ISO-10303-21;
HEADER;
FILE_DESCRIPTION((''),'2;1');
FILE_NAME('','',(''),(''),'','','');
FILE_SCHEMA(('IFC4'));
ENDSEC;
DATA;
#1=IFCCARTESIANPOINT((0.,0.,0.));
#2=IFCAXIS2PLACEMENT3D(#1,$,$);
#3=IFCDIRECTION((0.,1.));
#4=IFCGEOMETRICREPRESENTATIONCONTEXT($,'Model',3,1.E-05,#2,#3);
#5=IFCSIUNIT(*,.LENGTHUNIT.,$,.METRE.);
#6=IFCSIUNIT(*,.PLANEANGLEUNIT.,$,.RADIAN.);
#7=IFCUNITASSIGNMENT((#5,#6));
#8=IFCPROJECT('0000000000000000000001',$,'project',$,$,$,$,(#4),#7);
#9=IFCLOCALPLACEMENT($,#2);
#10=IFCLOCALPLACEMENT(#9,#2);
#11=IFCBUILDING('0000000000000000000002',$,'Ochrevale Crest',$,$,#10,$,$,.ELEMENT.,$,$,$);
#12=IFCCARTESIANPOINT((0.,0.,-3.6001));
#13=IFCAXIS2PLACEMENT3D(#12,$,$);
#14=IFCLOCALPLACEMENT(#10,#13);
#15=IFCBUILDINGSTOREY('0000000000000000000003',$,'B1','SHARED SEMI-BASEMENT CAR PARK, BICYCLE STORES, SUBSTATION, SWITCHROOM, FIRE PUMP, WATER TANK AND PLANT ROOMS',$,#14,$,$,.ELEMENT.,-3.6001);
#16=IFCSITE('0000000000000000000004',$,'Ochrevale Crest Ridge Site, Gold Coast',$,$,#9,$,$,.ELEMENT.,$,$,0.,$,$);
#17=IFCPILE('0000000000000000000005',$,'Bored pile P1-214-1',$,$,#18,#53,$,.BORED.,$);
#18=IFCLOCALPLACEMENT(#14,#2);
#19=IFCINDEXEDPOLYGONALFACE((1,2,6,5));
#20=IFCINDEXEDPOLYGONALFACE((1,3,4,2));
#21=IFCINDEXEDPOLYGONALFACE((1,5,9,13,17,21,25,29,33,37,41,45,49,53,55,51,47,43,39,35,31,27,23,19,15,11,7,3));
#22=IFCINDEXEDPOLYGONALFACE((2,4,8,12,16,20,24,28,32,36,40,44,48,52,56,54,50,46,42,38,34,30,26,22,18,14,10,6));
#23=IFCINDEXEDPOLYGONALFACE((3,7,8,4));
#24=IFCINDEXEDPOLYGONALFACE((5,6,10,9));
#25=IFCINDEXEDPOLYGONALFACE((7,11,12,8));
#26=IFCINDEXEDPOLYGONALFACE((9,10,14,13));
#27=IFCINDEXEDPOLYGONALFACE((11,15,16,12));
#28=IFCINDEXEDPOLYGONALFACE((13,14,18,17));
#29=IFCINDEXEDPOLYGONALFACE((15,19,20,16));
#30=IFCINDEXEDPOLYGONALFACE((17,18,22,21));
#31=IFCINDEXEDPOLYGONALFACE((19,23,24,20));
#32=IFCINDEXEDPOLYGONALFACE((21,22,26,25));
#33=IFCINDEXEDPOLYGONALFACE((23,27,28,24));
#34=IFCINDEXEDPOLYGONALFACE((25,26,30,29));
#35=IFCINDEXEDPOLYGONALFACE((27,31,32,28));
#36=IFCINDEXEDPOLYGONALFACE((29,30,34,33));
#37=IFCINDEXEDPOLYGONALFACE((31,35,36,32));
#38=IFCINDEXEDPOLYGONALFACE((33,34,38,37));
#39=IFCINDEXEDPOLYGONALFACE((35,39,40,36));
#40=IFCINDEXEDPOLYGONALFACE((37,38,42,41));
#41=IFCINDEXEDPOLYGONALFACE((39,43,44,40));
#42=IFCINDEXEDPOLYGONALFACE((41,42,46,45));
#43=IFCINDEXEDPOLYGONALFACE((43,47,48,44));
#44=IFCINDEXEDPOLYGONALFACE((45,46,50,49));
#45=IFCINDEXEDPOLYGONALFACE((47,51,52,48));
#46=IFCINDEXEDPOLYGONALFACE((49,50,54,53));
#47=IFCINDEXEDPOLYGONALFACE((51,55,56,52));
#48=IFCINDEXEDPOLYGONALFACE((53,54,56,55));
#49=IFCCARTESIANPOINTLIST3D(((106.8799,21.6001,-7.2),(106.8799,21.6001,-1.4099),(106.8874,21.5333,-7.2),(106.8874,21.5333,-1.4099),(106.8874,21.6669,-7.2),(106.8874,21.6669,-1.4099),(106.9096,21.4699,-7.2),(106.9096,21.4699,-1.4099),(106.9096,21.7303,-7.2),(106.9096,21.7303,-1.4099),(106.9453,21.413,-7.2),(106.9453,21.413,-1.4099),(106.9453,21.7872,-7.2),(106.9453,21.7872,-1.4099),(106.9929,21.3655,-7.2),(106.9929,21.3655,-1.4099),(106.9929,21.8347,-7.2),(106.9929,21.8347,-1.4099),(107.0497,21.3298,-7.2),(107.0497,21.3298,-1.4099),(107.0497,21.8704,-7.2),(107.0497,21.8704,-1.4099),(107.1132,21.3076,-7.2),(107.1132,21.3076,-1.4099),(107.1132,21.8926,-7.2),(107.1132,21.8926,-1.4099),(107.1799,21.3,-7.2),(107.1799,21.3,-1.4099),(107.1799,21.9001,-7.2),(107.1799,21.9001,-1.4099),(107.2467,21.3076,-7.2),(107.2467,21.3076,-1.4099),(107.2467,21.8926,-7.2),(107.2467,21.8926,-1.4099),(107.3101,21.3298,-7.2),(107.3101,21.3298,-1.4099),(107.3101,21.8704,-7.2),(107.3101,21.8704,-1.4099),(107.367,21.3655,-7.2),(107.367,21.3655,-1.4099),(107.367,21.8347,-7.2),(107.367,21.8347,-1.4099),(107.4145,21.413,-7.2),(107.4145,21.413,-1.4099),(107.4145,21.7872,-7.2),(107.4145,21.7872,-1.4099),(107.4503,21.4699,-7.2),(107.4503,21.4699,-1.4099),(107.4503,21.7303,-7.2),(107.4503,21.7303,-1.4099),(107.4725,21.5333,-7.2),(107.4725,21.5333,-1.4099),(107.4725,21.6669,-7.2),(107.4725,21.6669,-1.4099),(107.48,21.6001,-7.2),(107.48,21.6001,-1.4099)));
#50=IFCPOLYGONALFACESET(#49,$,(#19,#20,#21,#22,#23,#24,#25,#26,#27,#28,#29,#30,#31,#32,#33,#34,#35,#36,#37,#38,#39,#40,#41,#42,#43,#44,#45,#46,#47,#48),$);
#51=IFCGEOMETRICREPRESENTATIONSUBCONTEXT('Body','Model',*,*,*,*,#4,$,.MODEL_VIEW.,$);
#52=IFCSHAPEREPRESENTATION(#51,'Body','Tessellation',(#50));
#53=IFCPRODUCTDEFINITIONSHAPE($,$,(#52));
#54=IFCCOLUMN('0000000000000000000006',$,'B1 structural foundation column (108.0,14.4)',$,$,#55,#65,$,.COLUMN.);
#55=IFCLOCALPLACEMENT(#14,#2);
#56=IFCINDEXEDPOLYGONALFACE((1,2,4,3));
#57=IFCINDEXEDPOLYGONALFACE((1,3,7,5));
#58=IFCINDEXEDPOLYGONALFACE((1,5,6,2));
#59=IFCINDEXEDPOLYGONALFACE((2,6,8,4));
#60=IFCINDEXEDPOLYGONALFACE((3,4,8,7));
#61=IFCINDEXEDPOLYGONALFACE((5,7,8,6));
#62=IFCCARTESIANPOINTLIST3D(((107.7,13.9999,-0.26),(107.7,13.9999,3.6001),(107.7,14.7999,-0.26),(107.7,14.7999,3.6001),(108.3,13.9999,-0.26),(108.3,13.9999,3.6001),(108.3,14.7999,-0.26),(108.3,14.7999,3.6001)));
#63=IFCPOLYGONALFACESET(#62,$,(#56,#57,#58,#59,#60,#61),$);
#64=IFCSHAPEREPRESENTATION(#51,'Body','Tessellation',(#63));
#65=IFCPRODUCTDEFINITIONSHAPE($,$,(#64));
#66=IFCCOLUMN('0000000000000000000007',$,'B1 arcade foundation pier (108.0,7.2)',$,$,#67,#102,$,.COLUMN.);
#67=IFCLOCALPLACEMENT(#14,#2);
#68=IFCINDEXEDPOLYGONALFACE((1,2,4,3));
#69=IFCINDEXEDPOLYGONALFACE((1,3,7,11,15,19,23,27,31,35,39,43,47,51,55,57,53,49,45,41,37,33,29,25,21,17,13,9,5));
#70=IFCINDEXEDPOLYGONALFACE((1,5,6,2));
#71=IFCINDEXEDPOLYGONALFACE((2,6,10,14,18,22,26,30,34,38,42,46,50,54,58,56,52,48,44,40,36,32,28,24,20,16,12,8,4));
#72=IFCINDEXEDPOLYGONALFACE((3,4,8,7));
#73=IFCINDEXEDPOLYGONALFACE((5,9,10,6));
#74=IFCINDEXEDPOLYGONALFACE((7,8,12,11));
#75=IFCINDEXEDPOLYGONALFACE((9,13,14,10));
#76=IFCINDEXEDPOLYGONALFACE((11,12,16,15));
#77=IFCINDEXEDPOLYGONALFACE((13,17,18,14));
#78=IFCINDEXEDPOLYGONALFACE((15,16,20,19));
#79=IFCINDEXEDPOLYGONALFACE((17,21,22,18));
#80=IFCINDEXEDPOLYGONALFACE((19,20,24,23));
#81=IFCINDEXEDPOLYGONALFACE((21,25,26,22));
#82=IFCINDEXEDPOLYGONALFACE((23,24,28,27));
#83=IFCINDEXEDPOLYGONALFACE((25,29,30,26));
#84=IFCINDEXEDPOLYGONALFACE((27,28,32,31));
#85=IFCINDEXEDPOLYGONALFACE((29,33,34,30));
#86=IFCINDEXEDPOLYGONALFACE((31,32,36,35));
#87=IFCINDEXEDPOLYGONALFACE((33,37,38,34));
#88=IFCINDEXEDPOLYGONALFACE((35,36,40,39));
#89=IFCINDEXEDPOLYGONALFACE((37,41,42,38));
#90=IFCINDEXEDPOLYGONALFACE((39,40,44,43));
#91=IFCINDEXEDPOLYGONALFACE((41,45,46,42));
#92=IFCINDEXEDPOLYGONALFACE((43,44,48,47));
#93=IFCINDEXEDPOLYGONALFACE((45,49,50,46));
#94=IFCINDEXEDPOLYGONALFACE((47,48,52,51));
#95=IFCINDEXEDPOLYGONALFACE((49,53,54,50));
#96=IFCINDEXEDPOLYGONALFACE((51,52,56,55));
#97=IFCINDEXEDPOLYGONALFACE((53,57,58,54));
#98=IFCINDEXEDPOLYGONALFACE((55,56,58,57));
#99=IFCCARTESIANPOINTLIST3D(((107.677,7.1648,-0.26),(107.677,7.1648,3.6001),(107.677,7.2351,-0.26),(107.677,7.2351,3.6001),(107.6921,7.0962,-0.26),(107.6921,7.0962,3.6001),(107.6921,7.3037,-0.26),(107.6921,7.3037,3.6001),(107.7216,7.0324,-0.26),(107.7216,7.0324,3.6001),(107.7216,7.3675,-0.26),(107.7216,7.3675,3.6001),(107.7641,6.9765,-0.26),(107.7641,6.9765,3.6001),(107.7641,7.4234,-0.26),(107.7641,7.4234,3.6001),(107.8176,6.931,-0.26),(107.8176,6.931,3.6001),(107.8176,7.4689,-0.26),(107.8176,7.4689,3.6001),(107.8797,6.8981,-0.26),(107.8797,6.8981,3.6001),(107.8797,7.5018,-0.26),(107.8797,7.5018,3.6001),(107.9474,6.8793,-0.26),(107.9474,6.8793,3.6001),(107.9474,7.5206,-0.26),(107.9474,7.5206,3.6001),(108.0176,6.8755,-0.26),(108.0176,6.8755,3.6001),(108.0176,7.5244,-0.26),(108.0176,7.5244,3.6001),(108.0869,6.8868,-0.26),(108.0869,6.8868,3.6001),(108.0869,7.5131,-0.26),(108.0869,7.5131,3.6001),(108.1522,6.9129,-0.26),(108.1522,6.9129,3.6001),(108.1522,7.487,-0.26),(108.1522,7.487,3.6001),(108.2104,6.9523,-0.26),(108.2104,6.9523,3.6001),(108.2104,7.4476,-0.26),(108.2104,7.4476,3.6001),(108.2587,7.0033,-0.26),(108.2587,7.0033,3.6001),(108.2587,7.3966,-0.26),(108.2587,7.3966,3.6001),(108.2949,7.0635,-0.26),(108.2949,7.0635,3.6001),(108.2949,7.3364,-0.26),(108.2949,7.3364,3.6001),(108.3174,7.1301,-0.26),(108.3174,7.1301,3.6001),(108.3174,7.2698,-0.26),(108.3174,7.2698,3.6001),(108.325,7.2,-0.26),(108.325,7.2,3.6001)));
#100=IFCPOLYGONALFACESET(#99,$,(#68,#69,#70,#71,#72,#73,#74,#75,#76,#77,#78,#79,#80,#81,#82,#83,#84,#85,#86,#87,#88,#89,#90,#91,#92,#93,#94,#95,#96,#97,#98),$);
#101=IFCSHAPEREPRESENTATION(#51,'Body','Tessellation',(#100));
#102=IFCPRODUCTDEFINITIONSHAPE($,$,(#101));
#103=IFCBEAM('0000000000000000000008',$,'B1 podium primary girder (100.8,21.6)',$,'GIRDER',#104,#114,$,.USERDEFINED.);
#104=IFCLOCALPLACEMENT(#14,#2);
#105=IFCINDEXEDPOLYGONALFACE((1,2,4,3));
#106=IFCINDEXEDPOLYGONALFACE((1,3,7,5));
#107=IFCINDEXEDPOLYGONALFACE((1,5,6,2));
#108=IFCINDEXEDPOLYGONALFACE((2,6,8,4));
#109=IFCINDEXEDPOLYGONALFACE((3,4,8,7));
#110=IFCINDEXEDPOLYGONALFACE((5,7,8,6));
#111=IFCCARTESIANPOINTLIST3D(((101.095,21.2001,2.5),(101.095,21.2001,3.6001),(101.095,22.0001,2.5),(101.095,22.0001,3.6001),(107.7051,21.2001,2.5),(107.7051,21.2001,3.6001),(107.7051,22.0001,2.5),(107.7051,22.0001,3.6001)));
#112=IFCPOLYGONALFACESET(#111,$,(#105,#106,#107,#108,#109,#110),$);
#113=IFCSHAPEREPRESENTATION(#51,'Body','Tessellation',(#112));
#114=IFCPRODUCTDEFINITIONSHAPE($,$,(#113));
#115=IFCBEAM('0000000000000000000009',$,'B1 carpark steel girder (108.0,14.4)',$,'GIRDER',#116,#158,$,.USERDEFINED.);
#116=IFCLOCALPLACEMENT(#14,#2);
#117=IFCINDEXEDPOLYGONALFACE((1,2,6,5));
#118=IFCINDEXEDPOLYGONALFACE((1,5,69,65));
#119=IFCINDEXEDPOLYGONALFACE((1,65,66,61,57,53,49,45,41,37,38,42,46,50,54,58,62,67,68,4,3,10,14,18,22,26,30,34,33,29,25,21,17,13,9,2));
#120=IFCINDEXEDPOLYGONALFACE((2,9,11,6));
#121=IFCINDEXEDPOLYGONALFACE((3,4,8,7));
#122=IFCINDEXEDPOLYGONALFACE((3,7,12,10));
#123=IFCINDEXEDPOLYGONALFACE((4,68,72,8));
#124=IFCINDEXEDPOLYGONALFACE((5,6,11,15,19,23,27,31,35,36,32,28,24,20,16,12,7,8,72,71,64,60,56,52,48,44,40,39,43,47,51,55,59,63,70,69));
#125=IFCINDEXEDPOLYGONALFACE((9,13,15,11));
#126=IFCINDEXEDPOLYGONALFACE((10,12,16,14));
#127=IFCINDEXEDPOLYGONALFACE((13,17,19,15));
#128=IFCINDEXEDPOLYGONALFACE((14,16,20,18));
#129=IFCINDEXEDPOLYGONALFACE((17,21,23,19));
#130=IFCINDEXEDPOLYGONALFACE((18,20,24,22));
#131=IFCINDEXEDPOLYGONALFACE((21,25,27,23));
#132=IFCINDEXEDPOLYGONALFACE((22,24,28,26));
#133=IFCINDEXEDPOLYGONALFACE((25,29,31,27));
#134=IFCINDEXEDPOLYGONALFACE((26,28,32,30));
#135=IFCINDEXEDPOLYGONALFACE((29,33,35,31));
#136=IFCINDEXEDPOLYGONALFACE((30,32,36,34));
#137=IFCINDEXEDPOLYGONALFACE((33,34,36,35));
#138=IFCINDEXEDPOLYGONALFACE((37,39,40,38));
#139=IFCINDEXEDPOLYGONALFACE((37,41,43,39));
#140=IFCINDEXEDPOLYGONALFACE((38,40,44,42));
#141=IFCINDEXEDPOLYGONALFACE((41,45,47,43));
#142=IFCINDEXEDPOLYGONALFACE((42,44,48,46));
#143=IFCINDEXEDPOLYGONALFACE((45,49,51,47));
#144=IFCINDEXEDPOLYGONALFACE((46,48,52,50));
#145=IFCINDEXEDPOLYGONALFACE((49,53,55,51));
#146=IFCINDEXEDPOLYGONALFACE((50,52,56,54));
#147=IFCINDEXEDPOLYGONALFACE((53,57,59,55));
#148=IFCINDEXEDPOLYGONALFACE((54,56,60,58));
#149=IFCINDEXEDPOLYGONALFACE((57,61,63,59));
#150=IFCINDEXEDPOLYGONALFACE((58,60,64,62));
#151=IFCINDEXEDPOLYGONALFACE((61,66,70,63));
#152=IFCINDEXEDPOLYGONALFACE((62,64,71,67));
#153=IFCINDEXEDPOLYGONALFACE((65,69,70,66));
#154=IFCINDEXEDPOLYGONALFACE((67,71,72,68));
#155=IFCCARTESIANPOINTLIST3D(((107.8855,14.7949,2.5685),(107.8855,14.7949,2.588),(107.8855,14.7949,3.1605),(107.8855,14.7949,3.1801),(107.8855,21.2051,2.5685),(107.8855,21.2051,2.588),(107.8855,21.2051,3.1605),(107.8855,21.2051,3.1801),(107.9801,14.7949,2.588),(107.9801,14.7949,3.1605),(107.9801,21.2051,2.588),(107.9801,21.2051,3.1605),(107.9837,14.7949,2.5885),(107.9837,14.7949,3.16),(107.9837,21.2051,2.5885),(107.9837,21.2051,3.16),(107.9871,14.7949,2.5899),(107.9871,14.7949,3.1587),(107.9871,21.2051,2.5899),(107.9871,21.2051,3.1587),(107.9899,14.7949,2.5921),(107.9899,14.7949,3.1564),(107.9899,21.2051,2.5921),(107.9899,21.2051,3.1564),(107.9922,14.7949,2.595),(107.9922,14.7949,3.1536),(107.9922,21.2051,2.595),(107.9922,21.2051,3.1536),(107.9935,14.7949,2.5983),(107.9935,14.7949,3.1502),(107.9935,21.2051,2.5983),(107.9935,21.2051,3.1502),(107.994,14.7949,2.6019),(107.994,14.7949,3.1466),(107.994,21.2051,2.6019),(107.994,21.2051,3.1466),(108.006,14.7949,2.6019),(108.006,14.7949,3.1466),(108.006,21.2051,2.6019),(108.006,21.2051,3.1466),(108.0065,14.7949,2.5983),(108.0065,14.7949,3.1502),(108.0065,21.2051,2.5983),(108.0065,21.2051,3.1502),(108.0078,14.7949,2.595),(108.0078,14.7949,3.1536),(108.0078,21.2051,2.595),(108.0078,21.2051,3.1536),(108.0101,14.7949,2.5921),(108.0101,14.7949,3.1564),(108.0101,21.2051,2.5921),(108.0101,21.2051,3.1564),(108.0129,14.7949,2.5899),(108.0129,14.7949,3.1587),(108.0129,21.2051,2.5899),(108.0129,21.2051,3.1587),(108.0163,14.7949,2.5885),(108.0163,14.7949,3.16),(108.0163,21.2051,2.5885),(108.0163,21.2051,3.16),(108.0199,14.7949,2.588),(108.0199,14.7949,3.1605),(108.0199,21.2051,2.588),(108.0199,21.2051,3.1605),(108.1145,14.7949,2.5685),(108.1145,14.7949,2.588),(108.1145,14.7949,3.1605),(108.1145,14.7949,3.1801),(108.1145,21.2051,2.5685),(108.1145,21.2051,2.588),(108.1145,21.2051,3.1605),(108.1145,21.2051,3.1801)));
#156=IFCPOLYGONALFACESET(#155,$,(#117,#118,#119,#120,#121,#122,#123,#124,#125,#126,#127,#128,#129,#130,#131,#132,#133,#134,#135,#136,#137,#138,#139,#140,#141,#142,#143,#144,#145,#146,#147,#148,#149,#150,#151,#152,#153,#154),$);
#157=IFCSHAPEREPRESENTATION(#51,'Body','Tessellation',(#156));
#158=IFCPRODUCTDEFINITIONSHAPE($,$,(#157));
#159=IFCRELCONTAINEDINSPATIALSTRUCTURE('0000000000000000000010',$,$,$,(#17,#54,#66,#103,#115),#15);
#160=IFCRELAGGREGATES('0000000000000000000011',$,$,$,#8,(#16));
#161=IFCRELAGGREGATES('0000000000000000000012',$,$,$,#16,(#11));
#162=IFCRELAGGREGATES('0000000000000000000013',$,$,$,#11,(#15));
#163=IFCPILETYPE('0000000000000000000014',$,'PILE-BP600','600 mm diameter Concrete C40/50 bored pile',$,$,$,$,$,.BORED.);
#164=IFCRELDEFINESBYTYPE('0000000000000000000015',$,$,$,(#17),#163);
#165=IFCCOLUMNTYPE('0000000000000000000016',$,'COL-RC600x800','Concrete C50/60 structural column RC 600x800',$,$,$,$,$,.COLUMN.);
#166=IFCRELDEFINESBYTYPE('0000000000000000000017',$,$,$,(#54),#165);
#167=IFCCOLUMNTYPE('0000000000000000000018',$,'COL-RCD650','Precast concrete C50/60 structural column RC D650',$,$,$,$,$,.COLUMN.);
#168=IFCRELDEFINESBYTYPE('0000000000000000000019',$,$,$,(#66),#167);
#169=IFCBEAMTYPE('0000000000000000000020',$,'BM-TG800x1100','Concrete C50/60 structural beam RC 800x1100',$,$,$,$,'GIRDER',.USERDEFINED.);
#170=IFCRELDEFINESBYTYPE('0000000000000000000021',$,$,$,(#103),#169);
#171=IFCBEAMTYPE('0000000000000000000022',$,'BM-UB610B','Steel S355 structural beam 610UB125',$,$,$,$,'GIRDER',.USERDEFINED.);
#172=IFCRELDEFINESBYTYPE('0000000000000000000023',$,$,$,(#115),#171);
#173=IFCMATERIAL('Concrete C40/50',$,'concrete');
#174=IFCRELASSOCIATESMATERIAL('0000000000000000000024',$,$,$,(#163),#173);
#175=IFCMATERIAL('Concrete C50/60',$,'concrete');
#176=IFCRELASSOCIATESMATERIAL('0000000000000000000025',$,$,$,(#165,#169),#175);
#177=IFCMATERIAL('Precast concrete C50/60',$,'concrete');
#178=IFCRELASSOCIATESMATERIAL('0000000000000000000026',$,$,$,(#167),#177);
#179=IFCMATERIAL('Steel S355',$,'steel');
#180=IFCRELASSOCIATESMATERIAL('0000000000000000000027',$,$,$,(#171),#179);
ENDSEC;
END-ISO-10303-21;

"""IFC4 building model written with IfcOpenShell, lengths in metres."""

from ifc_helpers import new_model, si_unit, direction, frame, origin, origin_2d, place, context, subcontext, project, spatial, rectangle, circle, i_section, extrude, material, material_profile, profile_set, type_object, element, save


model = new_model("IFC4")

# Units and contexts
model_context = context("Model", 3, precision=1e-05, world=origin(), true_north=direction((0.0, 1.0)))
body_context = subcontext(model_context, "Body", "Model", "MODEL_VIEW")
ifc_project = project(units=[si_unit("LENGTHUNIT", "METRE"), si_unit("PLANEANGLEUNIT", "RADIAN")], contexts=[model_context])

# Site, building, storey
site_placement = place(None, origin())
site = spatial("IfcSite", under=ifc_project, at=site_placement, Name="Ochrevale Crest Ridge Site, Gold Coast", CompositionType="ELEMENT", RefElevation=0.0)
building_placement = place(site_placement, origin())
building = spatial("IfcBuilding", under=site, at=building_placement, Name="Ochrevale Crest", CompositionType="ELEMENT")
storey_placement = place(building_placement, frame((0.0, 0.0, -3.6001)))
storey = spatial("IfcBuildingStorey", under=building, at=storey_placement, Name="B1", Description="SHARED SEMI-BASEMENT CAR PARK, BICYCLE STORES, SUBSTATION, SWITCHROOM, FIRE PUMP, WATER TANK AND PLANT ROOMS", CompositionType="ELEMENT", Elevation=-3.6001)

# Shared definitions
ifc_material_1 = material(Name="Concrete C40/50", Category="concrete")

# Pile
ifc_material_profile_1 = material_profile(ifc_material_1, circle(Radius=0.3, at=origin_2d()), Name="BORED PILE 600")
ifc_profile_set_1 = profile_set([ifc_material_profile_1], Name="Concrete C40/50")
pile_type = type_object("IfcPileType", Name="PILE-BP600", Description="600 mm diameter Concrete C40/50 bored pile", PredefinedType="BORED", material=ifc_profile_set_1)
for number, where, z_axis, x_axis, name in (
    (1, (107.1799, 21.6001, -1.4099), (0.0, 0.0, -1.0), (1.0, 0.0, 0.0), "Bored pile P1-214-1"),
):
    element("IfcPile", number, at=place(storey_placement, frame(where, z_axis=z_axis, x_axis=x_axis)), inside=storey, type_object=pile_type, Name=name, PredefinedType="BORED", context=body_context, shape_type="SweptSolid", body=[
        extrude(circle(Radius=0.3, at=origin_2d()), origin(), (0.0, 0.0, 1.0), 5.79),
    ])

# Columns
ifc_material_2 = material(Name="Concrete C50/60", Category="concrete")
ifc_material_profile_2 = material_profile(ifc_material_2, rectangle(XDim=0.6001, YDim=0.8, at=origin_2d()), Name="RC 600x800")
ifc_profile_set_2 = profile_set([ifc_material_profile_2], Name="Concrete C50/60")
column_type_1 = type_object("IfcColumnType", Name="COL-RC600x800", Description="Concrete C50/60 structural column RC 600x800", PredefinedType="COLUMN", material=ifc_profile_set_2)
column_1_placement = place(storey_placement, frame((108.0, 14.3999, -0.26), z_axis=(0.0, 0.0, 1.0), x_axis=(1.0, 0.0, 0.0)))
element("IfcColumn", 2, at=column_1_placement, inside=storey, type_object=column_type_1, Name="B1 structural foundation column (108.0,14.4)", PredefinedType="COLUMN", context=body_context, shape_type="SweptSolid", body=[
    extrude(rectangle(XDim=0.6001, YDim=0.8, at=origin_2d()), origin(), (0.0, 0.0, 1.0), 3.8601),
])
ifc_material_3 = material(Name="Precast concrete C50/60", Category="concrete")
ifc_material_profile_3 = material_profile(ifc_material_3, circle(Radius=0.325, at=origin_2d()), Name="RC D650")
ifc_profile_set_3 = profile_set([ifc_material_profile_3], Name="Precast concrete C50/60")
column_type_2 = type_object("IfcColumnType", Name="COL-RCD650", Description="Precast concrete C50/60 structural column RC D650", PredefinedType="COLUMN", material=ifc_profile_set_3)
column_2_placement = place(storey_placement, frame((108.0, 7.2, -0.26), z_axis=(0.0, 0.0, 1.0), x_axis=(1.0, 0.0, 0.0)))
element("IfcColumn", 3, at=column_2_placement, inside=storey, type_object=column_type_2, Name="B1 arcade foundation pier (108.0,7.2)", PredefinedType="COLUMN", context=body_context, shape_type="SweptSolid", body=[
    extrude(circle(Radius=0.325, at=origin_2d()), origin(), (0.0, 0.0, 1.0), 3.8601),
])

# Beams
ifc_material_profile_4 = material_profile(ifc_material_2, rectangle(XDim=0.8, YDim=1.1001, at=origin_2d()), Name="RC 800x1100")
ifc_profile_set_4 = profile_set([ifc_material_profile_4], Name="Concrete C50/60")
beam_type_1 = type_object("IfcBeamType", Name="BM-TG800x1100", Description="Concrete C50/60 structural beam RC 800x1100", ElementType="GIRDER", PredefinedType="USERDEFINED", material=ifc_profile_set_4)
beam_1_placement = place(storey_placement, frame((101.095, 21.6001, 3.05), z_axis=(1.0, 0.0, 0.0), x_axis=(0.0, 1.0, 0.0)))
element("IfcBeam", 4, at=beam_1_placement, inside=storey, type_object=beam_type_1, Name="B1 podium primary girder (100.8,21.6)", ObjectType="GIRDER", PredefinedType="USERDEFINED", context=body_context, shape_type="SweptSolid", body=[
    extrude(rectangle(XDim=0.8, YDim=1.1001, at=origin_2d()), origin(), (0.0, 0.0, 1.0), 6.6101),
])
ifc_material_4 = material(Name="Steel S355", Category="steel")
ifc_material_profile_5 = material_profile(ifc_material_4, i_section(OverallWidth=0.229, OverallDepth=0.6116, WebThickness=0.012, FlangeThickness=0.0195, FilletRadius=0.0139, at=origin_2d()), Name="610UB125")
ifc_profile_set_5 = profile_set([ifc_material_profile_5], Name="Steel S355")
beam_type_2 = type_object("IfcBeamType", Name="BM-UB610B", Description="Steel S355 structural beam 610UB125", ElementType="GIRDER", PredefinedType="USERDEFINED", material=ifc_profile_set_5)
beam_2_placement = place(storey_placement, frame((108.0, 14.7949, 2.8743), z_axis=(0.0, 1.0, 0.0), x_axis=(-1.0, 0.0, 0.0)))
element("IfcBeam", 5, at=beam_2_placement, inside=storey, type_object=beam_type_2, Name="B1 carpark steel girder (108.0,14.4)", ObjectType="GIRDER", PredefinedType="USERDEFINED", context=body_context, shape_type="SweptSolid", body=[
    extrude(i_section(OverallWidth=0.229, OverallDepth=0.6116, WebThickness=0.012, FlangeThickness=0.0195, FilletRadius=0.0139, at=origin_2d()), origin(), (0.0, 0.0, 1.0), 6.4102),
])

save(model, "model.ifc")
